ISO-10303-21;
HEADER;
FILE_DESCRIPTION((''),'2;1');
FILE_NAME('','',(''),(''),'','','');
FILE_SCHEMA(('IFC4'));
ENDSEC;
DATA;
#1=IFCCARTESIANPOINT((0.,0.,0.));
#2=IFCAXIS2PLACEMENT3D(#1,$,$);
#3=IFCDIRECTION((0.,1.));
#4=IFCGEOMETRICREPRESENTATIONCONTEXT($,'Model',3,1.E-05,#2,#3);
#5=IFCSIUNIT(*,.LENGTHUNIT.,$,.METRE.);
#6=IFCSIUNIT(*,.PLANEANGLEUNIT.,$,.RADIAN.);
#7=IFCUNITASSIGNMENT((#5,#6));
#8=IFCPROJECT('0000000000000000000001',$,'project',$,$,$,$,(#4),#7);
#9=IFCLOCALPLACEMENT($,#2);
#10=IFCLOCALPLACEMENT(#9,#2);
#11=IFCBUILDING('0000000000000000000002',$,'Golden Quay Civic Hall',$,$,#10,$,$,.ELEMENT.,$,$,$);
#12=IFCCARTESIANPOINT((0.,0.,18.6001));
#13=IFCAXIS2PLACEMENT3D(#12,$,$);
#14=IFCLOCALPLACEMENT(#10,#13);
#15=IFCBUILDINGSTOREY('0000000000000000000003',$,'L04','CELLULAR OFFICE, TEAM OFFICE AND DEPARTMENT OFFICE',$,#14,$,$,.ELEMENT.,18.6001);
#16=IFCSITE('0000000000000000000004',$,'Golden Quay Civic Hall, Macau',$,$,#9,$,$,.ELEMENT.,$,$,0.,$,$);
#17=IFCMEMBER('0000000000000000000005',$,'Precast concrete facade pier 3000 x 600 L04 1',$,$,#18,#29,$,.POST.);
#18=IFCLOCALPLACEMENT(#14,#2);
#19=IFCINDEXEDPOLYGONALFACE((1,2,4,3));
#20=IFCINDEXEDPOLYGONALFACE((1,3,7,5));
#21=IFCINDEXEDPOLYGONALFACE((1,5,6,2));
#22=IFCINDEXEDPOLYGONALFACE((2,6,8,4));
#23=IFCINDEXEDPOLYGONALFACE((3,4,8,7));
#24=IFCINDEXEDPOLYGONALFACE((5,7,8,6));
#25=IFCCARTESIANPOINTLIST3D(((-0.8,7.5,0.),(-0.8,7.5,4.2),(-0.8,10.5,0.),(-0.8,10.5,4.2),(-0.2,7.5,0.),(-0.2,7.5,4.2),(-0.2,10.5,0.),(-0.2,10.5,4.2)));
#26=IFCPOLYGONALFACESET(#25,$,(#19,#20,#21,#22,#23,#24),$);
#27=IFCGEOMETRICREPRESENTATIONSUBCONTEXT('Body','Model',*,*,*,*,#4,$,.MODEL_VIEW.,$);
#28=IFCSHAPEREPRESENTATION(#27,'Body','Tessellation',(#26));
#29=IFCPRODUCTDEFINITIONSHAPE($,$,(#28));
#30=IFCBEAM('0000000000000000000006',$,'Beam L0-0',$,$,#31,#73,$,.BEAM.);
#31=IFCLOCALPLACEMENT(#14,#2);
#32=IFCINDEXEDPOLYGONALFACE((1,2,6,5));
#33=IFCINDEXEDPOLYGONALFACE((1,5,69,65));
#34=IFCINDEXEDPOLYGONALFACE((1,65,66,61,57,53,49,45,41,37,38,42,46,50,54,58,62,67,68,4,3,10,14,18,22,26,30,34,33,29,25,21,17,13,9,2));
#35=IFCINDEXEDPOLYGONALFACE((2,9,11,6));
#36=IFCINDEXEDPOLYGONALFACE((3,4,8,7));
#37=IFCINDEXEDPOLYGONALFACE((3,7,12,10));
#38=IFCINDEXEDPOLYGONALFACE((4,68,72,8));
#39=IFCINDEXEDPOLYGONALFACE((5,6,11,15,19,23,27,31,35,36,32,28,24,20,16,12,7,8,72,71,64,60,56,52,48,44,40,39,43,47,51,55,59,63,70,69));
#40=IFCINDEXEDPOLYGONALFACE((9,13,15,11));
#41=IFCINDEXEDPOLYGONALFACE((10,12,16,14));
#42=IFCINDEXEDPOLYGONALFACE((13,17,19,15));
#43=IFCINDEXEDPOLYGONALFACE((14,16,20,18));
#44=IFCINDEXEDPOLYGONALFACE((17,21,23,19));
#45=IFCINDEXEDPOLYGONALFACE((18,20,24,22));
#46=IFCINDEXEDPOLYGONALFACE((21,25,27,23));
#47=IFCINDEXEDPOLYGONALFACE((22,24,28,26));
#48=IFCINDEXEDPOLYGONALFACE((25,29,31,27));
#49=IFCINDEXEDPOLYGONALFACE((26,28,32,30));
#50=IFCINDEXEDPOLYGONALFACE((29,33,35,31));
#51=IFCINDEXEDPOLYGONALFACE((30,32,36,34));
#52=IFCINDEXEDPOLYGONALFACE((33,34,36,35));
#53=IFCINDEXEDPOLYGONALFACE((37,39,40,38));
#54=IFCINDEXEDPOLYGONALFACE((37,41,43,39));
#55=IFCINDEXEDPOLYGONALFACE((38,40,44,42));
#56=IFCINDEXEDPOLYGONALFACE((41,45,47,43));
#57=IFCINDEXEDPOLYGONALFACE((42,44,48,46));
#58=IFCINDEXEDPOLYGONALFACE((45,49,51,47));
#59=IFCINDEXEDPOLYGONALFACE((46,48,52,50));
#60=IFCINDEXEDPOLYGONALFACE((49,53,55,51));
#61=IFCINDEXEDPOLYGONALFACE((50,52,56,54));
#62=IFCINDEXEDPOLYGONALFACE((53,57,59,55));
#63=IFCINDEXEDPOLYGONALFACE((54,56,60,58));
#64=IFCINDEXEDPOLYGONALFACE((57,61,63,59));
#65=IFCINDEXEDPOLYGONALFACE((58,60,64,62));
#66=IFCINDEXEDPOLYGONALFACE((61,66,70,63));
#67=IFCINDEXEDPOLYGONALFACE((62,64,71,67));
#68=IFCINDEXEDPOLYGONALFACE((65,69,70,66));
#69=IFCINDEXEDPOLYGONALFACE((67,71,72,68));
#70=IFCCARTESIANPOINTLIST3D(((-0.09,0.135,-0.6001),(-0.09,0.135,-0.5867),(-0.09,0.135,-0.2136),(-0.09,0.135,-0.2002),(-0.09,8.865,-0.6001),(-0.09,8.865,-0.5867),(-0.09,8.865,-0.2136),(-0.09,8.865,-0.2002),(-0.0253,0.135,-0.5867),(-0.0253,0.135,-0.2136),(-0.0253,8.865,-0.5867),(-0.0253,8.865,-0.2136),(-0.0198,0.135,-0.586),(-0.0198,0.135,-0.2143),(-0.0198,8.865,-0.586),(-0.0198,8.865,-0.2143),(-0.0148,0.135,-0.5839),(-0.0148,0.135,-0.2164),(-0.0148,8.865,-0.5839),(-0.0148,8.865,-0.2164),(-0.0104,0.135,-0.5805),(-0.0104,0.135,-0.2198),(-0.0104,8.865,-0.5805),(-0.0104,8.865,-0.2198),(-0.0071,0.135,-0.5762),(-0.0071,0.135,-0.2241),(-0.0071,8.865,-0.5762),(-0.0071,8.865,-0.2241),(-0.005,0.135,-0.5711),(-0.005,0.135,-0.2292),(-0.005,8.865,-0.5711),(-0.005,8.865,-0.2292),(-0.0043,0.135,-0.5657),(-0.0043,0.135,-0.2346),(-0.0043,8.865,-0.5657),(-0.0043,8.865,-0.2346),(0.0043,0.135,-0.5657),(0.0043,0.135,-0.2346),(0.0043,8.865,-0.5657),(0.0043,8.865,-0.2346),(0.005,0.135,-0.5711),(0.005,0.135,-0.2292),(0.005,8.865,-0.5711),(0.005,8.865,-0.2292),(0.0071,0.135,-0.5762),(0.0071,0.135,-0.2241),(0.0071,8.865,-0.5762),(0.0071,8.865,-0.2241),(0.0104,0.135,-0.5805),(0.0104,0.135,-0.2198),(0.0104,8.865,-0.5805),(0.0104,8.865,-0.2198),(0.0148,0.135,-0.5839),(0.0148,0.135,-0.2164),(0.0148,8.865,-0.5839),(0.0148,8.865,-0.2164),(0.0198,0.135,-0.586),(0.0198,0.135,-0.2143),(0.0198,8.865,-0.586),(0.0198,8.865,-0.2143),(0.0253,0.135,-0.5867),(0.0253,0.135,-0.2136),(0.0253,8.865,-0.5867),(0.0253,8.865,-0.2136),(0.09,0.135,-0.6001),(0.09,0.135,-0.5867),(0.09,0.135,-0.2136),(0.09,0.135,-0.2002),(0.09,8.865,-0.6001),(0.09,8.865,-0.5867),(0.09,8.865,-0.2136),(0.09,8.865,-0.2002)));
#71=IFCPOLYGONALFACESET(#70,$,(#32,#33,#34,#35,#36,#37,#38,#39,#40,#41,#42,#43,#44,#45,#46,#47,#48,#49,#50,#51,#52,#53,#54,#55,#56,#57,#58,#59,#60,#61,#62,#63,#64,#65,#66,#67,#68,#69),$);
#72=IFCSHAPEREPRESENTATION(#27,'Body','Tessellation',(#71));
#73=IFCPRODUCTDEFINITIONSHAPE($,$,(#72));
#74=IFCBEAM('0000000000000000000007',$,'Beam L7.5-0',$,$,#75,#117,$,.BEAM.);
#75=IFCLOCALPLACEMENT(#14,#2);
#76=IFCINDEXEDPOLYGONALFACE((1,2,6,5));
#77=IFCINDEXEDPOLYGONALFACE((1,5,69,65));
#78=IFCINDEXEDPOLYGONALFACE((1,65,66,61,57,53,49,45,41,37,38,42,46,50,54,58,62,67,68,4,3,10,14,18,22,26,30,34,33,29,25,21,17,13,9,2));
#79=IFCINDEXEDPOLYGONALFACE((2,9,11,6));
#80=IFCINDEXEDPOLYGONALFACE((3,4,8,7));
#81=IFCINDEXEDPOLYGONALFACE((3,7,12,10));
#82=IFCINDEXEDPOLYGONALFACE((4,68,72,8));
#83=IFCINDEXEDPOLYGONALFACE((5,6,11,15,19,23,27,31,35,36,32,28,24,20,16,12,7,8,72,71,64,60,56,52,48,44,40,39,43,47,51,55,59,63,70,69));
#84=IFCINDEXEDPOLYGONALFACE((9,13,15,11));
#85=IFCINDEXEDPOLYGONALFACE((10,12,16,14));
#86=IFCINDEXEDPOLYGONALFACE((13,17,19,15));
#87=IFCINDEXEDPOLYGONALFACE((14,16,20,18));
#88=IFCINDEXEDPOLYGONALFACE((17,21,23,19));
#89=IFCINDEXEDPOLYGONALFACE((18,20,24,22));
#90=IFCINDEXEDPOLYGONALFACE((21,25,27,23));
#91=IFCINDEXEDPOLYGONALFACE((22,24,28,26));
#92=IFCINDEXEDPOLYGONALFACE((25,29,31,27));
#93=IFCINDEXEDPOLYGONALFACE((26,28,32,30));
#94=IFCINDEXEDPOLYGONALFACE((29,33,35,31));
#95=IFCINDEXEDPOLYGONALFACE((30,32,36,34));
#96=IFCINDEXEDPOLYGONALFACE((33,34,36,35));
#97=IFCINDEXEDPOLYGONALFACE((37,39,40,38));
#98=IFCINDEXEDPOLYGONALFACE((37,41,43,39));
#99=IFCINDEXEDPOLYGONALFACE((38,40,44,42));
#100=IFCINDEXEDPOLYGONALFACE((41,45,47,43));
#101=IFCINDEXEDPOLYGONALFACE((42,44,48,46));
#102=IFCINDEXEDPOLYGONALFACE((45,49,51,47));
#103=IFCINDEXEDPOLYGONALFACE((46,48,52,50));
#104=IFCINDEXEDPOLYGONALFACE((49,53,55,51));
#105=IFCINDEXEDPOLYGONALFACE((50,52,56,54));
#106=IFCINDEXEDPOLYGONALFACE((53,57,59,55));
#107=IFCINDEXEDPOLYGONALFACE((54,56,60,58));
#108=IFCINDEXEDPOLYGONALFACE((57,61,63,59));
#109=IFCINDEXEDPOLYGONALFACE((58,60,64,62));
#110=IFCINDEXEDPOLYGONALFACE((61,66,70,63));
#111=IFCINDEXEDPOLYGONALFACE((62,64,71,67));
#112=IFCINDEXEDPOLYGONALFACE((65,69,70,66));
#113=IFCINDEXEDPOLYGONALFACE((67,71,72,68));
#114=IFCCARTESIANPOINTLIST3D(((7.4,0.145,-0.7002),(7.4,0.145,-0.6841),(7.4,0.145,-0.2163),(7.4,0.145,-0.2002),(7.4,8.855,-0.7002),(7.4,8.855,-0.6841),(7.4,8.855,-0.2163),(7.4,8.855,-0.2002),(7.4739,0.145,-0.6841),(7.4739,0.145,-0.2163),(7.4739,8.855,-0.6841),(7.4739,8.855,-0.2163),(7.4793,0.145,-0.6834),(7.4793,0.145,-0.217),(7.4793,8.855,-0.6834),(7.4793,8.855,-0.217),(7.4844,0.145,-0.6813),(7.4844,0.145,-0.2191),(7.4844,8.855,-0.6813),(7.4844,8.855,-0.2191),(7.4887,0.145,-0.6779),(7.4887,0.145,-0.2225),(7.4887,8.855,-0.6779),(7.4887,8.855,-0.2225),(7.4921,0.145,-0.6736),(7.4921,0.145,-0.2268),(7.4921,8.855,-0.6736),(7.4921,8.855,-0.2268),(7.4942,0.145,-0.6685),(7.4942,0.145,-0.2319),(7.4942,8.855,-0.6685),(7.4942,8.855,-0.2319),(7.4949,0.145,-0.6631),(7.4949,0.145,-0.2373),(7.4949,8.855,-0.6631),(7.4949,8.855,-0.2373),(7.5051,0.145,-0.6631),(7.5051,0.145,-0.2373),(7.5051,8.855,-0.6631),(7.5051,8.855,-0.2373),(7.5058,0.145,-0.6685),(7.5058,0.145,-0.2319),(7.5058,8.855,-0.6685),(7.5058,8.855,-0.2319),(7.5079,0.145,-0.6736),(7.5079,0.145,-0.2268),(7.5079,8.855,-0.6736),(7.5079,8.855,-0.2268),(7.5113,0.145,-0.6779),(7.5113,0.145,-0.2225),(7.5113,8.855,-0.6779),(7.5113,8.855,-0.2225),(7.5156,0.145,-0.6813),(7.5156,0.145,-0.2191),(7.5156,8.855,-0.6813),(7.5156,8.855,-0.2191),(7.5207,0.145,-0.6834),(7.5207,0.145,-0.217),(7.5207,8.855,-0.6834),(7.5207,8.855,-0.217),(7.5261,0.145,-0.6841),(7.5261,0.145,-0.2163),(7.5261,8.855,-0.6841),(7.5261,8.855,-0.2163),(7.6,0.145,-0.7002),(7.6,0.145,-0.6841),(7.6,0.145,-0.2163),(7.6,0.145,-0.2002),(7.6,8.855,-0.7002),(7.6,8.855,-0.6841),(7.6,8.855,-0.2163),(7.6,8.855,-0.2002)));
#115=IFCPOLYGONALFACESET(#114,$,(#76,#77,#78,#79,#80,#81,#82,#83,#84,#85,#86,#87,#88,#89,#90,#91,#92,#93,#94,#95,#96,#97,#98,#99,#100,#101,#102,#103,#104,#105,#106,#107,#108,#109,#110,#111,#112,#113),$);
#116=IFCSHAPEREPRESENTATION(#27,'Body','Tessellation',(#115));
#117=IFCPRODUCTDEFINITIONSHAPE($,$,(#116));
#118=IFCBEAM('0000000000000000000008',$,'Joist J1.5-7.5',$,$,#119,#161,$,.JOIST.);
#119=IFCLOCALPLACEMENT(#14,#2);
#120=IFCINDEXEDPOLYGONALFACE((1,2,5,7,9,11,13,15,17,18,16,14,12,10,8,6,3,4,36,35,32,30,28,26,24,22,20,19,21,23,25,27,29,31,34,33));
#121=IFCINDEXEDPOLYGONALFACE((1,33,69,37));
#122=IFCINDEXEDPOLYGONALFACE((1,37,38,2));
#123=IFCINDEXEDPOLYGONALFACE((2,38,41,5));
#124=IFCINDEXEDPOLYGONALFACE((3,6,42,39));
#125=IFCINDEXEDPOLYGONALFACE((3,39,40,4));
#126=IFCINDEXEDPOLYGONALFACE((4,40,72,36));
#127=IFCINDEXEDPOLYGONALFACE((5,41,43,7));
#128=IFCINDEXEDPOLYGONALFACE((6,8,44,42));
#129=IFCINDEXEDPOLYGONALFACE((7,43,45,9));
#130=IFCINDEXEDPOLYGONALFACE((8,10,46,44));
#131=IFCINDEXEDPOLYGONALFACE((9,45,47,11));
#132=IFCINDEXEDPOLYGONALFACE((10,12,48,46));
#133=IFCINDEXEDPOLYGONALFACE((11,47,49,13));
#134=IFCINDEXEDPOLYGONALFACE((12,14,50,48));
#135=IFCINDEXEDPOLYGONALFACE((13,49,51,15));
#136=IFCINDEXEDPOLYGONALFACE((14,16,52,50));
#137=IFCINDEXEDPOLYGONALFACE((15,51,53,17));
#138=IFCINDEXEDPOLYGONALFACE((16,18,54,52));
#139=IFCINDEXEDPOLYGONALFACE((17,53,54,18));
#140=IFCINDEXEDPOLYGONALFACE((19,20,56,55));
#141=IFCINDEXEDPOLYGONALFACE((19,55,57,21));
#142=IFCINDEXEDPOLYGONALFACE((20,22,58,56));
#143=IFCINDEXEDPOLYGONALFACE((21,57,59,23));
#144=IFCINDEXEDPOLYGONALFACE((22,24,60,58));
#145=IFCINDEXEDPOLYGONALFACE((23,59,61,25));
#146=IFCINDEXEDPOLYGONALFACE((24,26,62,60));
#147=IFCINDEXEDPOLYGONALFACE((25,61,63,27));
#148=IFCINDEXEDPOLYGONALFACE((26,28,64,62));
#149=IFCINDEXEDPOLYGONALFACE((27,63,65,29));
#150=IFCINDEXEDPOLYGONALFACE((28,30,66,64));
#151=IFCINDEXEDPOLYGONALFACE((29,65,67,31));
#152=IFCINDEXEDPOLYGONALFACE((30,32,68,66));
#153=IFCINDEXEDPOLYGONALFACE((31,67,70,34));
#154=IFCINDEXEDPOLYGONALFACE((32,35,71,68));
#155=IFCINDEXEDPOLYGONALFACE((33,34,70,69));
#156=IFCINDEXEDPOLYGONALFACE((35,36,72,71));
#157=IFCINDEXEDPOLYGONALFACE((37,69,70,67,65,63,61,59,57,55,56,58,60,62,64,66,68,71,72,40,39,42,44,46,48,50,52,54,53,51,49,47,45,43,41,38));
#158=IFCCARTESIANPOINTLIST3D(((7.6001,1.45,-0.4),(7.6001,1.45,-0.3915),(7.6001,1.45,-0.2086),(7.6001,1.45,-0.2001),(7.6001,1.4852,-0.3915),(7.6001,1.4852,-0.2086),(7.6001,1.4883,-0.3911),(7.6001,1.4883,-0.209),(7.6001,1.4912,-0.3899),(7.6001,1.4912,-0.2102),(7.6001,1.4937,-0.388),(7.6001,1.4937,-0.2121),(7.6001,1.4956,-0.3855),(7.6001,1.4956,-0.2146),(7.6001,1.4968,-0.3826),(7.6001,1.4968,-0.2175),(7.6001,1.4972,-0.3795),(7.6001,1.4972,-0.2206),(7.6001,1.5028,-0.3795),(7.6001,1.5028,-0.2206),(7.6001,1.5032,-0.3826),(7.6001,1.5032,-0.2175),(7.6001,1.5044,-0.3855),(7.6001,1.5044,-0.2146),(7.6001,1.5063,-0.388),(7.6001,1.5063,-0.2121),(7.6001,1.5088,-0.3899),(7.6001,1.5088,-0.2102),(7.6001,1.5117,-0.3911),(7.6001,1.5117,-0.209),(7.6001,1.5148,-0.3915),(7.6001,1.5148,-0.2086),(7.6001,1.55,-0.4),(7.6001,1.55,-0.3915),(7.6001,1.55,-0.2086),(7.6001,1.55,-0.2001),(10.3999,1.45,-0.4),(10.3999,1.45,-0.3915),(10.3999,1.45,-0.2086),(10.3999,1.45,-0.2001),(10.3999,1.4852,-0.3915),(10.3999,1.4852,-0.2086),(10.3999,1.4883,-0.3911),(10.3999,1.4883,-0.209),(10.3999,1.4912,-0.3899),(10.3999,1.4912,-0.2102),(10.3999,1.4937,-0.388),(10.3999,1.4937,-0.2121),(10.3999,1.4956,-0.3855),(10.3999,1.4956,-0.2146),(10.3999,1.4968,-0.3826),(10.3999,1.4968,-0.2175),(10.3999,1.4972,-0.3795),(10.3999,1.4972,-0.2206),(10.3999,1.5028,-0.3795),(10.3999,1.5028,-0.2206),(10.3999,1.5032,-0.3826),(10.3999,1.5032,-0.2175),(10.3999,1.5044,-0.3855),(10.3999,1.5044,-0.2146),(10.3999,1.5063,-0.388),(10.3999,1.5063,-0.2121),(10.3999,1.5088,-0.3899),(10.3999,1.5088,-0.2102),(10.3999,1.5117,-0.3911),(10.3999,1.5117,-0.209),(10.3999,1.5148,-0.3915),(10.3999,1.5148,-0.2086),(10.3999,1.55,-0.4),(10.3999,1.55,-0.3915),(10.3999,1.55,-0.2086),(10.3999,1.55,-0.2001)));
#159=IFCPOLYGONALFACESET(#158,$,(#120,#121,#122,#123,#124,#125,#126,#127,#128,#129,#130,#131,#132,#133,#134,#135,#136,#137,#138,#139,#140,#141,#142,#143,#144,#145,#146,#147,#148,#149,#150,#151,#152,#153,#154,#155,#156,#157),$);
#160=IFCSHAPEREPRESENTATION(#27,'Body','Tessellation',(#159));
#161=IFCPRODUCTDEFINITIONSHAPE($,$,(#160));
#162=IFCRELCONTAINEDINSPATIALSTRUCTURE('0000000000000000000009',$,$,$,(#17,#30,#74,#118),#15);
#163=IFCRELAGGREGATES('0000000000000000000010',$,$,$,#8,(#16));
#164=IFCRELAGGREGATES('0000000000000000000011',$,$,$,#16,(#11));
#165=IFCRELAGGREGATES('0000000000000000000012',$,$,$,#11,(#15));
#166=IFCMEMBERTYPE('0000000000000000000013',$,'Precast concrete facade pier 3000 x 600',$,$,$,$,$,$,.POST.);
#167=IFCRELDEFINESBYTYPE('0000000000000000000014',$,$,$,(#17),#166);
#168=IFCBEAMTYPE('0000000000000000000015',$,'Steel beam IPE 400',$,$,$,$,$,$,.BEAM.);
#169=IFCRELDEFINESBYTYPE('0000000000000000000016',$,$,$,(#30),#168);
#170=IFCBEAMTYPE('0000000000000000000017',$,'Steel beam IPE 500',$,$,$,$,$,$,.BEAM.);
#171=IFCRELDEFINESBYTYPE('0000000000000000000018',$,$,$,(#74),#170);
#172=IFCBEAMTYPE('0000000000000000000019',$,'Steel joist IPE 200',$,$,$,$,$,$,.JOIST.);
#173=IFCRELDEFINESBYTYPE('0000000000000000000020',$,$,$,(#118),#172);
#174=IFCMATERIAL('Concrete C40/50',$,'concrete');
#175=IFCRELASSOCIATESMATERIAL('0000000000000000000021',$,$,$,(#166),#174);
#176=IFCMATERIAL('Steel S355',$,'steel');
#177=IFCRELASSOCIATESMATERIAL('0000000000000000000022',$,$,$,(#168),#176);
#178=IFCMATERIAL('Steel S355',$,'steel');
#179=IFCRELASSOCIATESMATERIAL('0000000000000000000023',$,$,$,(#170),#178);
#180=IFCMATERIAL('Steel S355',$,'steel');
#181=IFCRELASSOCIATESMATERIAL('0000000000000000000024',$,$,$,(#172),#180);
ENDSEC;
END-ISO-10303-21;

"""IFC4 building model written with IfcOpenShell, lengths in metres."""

from ifc_helpers import new_model, si_unit, direction, frame, origin, origin_2d, place, context, subcontext, project, spatial, rectangle, i_section, extrude, material, material_profile, profile_set, type_object, element, save


model = new_model("IFC4")

# Units and contexts
model_context = context("Model", 3, precision=1e-05, world=origin(), true_north=direction((0.0, 1.0)))
body_context = subcontext(model_context, "Body", "Model", "MODEL_VIEW")
ifc_project = project(units=[si_unit("LENGTHUNIT", "METRE"), si_unit("PLANEANGLEUNIT", "RADIAN")], contexts=[model_context])

# Site, building, storey
site_placement = place(None, origin())
site = spatial("IfcSite", under=ifc_project, at=site_placement, Name="Golden Quay Civic Hall, Macau", CompositionType="ELEMENT", RefElevation=0.0)
building_placement = place(site_placement, origin())
building = spatial("IfcBuilding", under=site, at=building_placement, Name="Golden Quay Civic Hall", CompositionType="ELEMENT")
storey_placement = place(building_placement, frame((0.0, 0.0, 18.6001)))
storey = spatial("IfcBuildingStorey", under=building, at=storey_placement, Name="L04", Description="CELLULAR OFFICE, TEAM OFFICE AND DEPARTMENT OFFICE", CompositionType="ELEMENT", Elevation=18.6001)

# Member
ifc_material_1 = material(Name="Concrete C40/50", Category="concrete")
ifc_material_profile_1 = material_profile(ifc_material_1, rectangle(XDim=3.0, YDim=0.6001, at=origin_2d()), Name="RC 3000x600")
ifc_profile_set_1 = profile_set([ifc_material_profile_1], Name="Concrete C40/50")
member_type = type_object("IfcMemberType", Name="Precast concrete facade pier 3000 x 600", PredefinedType="POST", material=ifc_profile_set_1)
member_placement = place(storey_placement, frame((-0.5, 9.0, 0.0), z_axis=(0.0, 0.0, 1.0), x_axis=(0.0, 1.0, 0.0)))
element("IfcMember", 1, at=member_placement, inside=storey, type_object=member_type, Name="Precast concrete facade pier 3000 x 600 L04 1", PredefinedType="POST", context=body_context, shape_type="SweptSolid", body=[
    extrude(rectangle(XDim=3.0, YDim=0.6001, at=origin_2d()), origin(), (0.0, 0.0, 1.0), 4.2),
])

# Beams
ifc_material_2 = material(Name="Steel S355", Category="steel")
ifc_material_profile_2 = material_profile(ifc_material_2, i_section(OverallWidth=0.1799, OverallDepth=0.3999, WebThickness=0.0085, FlangeThickness=0.0134, FilletRadius=0.021, at=origin_2d()), Name="IPE 400")
ifc_profile_set_2 = profile_set([ifc_material_profile_2], Name="Steel S355")
beam_type_1 = type_object("IfcBeamType", Name="Steel beam IPE 400", PredefinedType="BEAM", material=ifc_profile_set_2)
beam_1_placement = place(storey_placement, frame((0.0, 0.135, -0.4001), z_axis=(0.0, 1.0, 0.0), x_axis=(-1.0, 0.0, 0.0)))
element("IfcBeam", 2, at=beam_1_placement, inside=storey, type_object=beam_type_1, Name="Beam L0-0", PredefinedType="BEAM", context=body_context, shape_type="SweptSolid", body=[
    extrude(i_section(OverallWidth=0.1799, OverallDepth=0.3999, WebThickness=0.0085, FlangeThickness=0.0134, FilletRadius=0.021, at=origin_2d()), origin(), (0.0, 0.0, 1.0), 8.73),
])
ifc_material_3 = material(Name="Steel S355", Category="steel")
ifc_material_profile_3 = material_profile(ifc_material_3, i_section(OverallWidth=0.2, OverallDepth=0.5, WebThickness=0.0103, FlangeThickness=0.0161, FilletRadius=0.021, at=origin_2d()), Name="IPE 500")
ifc_profile_set_3 = profile_set([ifc_material_profile_3], Name="Steel S355")
beam_type_2 = type_object("IfcBeamType", Name="Steel beam IPE 500", PredefinedType="BEAM", material=ifc_profile_set_3)
beam_2_placement = place(storey_placement, frame((7.5, 0.145, -0.4502), z_axis=(0.0, 1.0, 0.0), x_axis=(-1.0, 0.0, 0.0)))
element("IfcBeam", 3, at=beam_2_placement, inside=storey, type_object=beam_type_2, Name="Beam L7.5-0", PredefinedType="BEAM", context=body_context, shape_type="SweptSolid", body=[
    extrude(i_section(OverallWidth=0.2, OverallDepth=0.5, WebThickness=0.0103, FlangeThickness=0.0161, FilletRadius=0.021, at=origin_2d()), origin(), (0.0, 0.0, 1.0), 8.71),
])
ifc_material_4 = material(Name="Steel S355", Category="steel")
ifc_material_profile_4 = material_profile(ifc_material_4, i_section(OverallWidth=0.1001, OverallDepth=0.2, WebThickness=0.0056, FlangeThickness=0.0085, FilletRadius=0.012, at=origin_2d()), Name="IPE 200")
ifc_profile_set_4 = profile_set([ifc_material_profile_4], Name="Steel S355")
beam_type_3 = type_object("IfcBeamType", Name="Steel joist IPE 200", PredefinedType="JOIST", material=ifc_profile_set_4)
for number, where, z_axis, x_axis, name in (
    (4, (7.6001, 1.5, -0.3), (1.0, 0.0, 0.0), (0.0, 1.0, 0.0), "Joist J1.5-7.5"),
):
    element("IfcBeam", number, at=place(storey_placement, frame(where, z_axis=z_axis, x_axis=x_axis)), inside=storey, type_object=beam_type_3, Name=name, PredefinedType="JOIST", context=body_context, shape_type="SweptSolid", body=[
        extrude(i_section(OverallWidth=0.1001, OverallDepth=0.2, WebThickness=0.0056, FlangeThickness=0.0085, FilletRadius=0.012, at=origin_2d()), origin(), (0.0, 0.0, 1.0), 2.7998),
    ])

save(model, "model.ifc")
